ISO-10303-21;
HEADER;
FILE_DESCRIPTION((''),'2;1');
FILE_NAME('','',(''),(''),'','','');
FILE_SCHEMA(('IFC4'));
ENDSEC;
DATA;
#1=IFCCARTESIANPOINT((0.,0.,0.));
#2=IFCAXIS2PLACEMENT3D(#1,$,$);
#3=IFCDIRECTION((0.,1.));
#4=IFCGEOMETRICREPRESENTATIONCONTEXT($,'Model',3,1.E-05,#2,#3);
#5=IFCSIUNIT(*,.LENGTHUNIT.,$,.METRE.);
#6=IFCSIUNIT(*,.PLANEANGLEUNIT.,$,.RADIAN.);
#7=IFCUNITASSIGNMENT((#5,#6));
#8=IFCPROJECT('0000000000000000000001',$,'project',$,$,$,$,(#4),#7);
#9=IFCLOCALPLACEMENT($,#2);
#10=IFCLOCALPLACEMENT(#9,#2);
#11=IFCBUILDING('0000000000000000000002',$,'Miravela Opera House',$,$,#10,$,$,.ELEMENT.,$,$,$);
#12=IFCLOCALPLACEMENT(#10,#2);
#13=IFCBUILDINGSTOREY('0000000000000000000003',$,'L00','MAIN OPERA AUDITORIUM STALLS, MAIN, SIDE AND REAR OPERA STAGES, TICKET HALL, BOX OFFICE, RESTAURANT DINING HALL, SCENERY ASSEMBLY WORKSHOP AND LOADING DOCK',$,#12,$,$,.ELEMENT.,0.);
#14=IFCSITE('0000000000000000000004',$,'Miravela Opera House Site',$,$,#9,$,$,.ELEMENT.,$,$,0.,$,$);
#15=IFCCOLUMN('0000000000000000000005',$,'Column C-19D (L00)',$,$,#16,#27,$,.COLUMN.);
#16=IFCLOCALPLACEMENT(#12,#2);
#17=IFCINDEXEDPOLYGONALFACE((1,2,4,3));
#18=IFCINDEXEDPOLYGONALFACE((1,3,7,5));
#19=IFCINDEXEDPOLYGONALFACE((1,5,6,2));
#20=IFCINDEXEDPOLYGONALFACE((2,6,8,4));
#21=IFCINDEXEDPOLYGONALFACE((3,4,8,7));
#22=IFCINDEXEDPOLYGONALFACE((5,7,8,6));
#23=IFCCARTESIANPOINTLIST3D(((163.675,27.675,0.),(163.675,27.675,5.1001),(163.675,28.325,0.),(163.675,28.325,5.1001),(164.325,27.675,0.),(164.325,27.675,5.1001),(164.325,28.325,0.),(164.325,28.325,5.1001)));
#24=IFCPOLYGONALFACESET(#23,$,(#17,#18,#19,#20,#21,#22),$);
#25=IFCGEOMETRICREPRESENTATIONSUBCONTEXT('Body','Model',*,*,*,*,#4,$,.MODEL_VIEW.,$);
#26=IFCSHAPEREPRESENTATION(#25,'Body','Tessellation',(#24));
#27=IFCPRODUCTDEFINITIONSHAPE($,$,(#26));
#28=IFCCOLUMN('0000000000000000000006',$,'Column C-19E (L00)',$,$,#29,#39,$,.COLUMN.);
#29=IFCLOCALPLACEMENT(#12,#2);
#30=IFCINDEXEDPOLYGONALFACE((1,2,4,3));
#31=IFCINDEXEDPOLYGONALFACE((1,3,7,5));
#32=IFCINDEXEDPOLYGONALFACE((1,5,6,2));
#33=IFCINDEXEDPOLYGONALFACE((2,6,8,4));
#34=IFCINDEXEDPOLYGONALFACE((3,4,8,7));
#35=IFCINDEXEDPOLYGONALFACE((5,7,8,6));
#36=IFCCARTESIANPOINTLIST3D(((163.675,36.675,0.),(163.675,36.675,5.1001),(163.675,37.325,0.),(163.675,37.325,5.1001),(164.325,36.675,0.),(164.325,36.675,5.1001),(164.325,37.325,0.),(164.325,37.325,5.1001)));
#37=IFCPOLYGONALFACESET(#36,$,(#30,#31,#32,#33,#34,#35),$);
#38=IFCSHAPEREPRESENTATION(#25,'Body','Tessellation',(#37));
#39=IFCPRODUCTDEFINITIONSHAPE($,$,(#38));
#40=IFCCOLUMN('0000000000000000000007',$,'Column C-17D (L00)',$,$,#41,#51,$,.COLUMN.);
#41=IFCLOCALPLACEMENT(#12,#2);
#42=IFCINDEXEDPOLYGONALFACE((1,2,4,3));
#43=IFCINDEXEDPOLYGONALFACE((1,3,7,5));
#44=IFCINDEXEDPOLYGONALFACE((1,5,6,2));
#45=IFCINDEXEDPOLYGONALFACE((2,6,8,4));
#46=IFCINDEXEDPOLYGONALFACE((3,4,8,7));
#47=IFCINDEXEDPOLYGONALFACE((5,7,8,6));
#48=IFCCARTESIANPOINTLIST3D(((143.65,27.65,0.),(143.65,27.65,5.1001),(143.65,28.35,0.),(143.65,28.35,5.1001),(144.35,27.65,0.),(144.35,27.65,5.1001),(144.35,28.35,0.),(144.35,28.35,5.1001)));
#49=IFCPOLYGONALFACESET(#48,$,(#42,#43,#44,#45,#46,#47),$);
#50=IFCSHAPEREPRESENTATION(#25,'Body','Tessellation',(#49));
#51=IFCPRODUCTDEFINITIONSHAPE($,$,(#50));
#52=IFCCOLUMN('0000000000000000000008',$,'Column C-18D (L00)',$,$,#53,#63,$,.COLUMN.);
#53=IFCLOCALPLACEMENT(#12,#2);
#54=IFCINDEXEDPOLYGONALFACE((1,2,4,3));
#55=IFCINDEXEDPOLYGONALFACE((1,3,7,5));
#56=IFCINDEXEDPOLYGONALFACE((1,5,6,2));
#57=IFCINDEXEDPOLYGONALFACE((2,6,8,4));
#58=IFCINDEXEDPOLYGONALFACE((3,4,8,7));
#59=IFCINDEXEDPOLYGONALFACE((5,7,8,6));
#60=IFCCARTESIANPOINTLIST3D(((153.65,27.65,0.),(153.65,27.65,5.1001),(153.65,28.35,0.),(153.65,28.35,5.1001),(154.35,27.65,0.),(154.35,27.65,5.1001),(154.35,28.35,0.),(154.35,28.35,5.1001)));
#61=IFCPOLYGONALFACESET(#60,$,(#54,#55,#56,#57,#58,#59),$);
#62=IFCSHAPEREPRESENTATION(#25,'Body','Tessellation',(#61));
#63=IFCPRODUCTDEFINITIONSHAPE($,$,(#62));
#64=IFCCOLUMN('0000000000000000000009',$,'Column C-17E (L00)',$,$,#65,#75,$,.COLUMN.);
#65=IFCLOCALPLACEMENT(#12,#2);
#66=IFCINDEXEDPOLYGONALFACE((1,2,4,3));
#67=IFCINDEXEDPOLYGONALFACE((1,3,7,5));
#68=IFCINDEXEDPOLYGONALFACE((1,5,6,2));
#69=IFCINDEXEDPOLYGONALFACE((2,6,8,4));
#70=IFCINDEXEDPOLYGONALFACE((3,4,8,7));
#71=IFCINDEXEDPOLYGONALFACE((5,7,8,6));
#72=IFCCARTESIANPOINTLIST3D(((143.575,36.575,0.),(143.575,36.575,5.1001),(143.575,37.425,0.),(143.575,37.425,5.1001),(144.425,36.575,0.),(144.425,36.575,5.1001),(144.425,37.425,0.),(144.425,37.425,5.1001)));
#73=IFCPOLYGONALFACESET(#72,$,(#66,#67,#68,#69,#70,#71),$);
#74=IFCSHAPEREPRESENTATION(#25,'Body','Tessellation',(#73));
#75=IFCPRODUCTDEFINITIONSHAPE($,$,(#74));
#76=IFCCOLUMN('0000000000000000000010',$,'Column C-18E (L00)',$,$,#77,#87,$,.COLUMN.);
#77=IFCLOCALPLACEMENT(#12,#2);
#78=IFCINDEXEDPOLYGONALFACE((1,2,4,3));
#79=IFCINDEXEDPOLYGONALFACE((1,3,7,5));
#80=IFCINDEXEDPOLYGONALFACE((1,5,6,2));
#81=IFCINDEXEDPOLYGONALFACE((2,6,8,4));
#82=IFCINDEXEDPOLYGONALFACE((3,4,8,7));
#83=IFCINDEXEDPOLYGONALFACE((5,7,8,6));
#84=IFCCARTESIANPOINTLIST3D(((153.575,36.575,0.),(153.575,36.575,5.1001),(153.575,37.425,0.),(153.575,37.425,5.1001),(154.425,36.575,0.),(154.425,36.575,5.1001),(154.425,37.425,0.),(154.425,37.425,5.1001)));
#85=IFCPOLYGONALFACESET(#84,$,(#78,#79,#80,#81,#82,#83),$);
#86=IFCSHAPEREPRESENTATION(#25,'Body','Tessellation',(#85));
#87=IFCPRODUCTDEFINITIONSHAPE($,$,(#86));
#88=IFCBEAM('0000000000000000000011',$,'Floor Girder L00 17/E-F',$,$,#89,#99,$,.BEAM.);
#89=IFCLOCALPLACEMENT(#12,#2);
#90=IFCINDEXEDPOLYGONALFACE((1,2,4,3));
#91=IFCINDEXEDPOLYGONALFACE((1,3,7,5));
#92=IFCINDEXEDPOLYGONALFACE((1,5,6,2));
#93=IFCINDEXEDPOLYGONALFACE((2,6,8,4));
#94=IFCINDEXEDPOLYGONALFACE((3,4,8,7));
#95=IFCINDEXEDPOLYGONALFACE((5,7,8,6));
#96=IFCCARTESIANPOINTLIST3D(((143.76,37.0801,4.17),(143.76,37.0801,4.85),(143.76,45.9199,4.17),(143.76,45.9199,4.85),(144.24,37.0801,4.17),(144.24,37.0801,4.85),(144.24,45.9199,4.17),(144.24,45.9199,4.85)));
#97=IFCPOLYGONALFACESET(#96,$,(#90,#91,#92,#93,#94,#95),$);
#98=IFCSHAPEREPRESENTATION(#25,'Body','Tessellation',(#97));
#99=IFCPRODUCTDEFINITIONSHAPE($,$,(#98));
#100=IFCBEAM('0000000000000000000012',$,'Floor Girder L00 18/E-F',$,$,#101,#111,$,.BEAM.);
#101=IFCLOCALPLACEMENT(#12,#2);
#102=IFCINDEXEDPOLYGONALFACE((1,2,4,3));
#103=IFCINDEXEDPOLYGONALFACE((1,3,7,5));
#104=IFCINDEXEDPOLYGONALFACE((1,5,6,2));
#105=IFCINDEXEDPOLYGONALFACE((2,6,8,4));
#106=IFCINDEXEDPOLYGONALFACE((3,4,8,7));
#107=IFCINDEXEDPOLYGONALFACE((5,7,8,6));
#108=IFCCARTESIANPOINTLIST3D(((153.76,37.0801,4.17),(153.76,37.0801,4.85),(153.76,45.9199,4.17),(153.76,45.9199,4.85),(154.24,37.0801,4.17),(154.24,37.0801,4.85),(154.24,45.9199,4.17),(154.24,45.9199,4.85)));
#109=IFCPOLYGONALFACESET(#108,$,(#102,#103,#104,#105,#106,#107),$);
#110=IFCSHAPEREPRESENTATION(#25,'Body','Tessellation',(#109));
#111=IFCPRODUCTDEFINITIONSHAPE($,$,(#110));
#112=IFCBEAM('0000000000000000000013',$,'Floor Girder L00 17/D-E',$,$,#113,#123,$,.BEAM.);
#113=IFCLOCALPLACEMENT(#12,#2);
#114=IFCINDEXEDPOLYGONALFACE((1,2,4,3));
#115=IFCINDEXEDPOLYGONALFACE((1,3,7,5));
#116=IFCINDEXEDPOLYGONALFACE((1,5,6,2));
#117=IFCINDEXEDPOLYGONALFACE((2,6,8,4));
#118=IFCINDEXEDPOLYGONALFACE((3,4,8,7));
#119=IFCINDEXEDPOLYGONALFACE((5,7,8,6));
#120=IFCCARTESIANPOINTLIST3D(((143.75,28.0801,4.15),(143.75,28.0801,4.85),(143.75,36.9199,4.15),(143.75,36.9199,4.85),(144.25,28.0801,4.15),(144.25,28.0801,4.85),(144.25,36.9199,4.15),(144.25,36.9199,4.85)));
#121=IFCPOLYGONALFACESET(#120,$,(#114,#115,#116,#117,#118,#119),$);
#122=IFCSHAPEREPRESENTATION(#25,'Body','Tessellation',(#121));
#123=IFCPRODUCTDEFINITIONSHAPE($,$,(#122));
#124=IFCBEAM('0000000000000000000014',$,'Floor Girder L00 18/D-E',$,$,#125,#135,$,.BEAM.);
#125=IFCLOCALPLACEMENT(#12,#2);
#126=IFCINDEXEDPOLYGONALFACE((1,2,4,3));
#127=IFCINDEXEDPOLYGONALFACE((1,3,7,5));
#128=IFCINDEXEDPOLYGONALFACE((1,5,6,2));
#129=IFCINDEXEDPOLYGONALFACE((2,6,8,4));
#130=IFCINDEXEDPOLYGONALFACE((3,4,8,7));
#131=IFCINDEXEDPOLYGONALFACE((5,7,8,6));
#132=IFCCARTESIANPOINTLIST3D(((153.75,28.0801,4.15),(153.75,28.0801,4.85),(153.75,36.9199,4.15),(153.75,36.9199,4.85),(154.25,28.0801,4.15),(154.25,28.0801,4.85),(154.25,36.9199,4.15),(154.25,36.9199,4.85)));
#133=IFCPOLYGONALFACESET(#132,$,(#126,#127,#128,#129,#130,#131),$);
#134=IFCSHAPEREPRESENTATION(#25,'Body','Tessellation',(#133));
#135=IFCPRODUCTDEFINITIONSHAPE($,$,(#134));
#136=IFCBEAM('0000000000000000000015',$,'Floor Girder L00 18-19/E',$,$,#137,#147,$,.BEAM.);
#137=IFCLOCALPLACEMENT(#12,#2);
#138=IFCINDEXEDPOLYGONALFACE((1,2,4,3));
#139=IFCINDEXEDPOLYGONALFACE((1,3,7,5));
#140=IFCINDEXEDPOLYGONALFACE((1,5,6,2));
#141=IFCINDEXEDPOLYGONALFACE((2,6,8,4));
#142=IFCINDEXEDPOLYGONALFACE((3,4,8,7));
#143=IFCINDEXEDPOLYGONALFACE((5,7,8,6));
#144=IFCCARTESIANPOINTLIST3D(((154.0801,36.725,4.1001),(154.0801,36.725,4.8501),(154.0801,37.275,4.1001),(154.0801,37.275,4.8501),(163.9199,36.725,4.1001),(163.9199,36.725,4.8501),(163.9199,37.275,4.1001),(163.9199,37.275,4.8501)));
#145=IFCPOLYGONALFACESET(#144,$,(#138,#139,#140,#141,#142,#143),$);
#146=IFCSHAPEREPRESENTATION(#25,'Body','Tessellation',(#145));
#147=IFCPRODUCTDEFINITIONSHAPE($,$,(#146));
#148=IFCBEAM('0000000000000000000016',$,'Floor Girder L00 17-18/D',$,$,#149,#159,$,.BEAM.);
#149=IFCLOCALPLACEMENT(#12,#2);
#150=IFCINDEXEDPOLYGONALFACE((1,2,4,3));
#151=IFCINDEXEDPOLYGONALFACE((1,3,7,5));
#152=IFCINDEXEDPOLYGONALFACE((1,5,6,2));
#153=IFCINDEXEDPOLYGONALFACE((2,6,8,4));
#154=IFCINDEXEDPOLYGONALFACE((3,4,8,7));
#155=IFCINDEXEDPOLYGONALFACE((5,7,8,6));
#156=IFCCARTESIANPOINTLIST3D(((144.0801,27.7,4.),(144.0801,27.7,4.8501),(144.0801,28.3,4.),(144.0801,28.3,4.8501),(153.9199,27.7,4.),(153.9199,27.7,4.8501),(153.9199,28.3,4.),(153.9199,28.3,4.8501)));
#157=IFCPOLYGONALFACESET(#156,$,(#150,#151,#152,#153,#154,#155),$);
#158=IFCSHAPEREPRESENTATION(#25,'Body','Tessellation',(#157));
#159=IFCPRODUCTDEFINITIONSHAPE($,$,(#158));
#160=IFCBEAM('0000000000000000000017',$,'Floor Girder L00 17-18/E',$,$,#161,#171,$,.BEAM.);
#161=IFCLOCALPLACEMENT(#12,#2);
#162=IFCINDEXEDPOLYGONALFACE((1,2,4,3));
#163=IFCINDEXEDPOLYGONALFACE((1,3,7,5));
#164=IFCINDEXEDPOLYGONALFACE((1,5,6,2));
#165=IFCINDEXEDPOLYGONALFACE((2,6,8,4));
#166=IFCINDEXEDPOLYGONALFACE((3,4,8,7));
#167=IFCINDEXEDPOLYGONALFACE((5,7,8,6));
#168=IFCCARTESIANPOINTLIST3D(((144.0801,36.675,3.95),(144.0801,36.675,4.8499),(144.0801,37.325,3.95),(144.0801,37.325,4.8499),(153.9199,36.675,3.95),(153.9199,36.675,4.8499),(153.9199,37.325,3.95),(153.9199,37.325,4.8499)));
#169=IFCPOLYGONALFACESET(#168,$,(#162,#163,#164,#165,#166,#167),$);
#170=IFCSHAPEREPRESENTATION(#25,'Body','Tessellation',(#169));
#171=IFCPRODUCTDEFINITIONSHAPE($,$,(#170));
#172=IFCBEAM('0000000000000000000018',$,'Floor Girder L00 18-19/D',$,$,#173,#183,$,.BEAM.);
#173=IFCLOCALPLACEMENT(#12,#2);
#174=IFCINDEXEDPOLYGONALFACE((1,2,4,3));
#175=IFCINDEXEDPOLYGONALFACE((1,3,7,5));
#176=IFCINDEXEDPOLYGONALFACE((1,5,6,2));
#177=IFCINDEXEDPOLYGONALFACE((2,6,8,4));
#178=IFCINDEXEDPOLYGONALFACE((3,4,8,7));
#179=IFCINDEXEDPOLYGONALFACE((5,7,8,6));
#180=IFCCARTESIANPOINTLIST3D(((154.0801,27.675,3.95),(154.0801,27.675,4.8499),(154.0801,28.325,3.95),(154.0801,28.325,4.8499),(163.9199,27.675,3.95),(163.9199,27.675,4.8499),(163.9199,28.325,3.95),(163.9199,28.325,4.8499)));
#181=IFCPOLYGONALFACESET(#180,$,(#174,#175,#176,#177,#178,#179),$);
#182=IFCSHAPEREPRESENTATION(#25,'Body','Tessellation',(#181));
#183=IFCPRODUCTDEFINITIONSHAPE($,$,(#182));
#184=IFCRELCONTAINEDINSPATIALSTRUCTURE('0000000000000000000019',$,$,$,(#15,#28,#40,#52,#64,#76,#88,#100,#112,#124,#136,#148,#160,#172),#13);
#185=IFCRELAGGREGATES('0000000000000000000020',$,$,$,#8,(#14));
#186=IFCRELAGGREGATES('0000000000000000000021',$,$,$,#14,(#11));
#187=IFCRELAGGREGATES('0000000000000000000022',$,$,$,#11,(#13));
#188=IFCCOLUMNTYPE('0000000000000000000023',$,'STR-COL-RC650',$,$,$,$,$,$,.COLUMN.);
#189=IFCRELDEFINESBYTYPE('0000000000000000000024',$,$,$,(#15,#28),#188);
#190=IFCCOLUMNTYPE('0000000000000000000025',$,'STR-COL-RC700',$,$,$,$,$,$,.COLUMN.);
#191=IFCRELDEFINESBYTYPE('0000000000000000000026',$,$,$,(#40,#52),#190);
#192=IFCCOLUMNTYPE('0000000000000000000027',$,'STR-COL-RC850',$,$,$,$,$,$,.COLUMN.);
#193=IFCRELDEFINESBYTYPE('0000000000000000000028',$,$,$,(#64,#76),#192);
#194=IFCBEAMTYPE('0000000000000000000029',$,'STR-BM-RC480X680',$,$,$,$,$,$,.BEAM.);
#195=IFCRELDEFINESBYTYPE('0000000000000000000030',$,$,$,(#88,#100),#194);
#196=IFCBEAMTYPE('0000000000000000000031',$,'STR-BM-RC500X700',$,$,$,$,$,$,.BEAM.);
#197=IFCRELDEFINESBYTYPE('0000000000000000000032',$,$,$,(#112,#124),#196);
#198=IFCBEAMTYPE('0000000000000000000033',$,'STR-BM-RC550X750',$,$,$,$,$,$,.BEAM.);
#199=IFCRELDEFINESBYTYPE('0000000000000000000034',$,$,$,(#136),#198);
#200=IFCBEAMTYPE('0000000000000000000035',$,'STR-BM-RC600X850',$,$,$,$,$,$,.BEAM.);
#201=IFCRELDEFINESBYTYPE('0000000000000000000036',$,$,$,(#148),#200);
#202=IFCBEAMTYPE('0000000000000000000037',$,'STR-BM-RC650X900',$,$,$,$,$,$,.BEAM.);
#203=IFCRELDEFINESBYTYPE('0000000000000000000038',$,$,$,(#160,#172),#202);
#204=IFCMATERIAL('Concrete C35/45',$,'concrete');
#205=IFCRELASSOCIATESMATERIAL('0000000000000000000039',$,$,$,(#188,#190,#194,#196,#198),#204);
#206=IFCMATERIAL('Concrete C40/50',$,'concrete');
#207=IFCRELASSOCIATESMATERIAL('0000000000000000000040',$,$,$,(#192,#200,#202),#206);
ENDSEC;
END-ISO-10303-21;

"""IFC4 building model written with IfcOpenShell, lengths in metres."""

from ifc_helpers import new_model, si_unit, direction, frame, origin, origin_2d, place, context, subcontext, project, spatial, rectangle, extrude, material, material_profile, profile_set, type_object, element, save


model = new_model("IFC4")

# Units and contexts
model_context = context("Model", 3, precision=1e-05, world=origin(), true_north=direction((0.0, 1.0)))
body_context = subcontext(model_context, "Body", "Model", "MODEL_VIEW")
ifc_project = project(units=[si_unit("LENGTHUNIT", "METRE"), si_unit("PLANEANGLEUNIT", "RADIAN")], contexts=[model_context])

# Site, building, storey
site_placement = place(None, origin())
site = spatial("IfcSite", under=ifc_project, at=site_placement, Name="Miravela Opera House Site", CompositionType="ELEMENT", RefElevation=0.0)
building_placement = place(site_placement, origin())
building = spatial("IfcBuilding", under=site, at=building_placement, Name="Miravela Opera House", CompositionType="ELEMENT")
storey_placement = place(building_placement, origin())
storey = spatial("IfcBuildingStorey", under=building, at=storey_placement, Name="L00", Description="MAIN OPERA AUDITORIUM STALLS, MAIN, SIDE AND REAR OPERA STAGES, TICKET HALL, BOX OFFICE, RESTAURANT DINING HALL, SCENERY ASSEMBLY WORKSHOP AND LOADING DOCK", CompositionType="ELEMENT", Elevation=0.0)

# Columns
ifc_material_1 = material(Name="Concrete C35/45", Category="concrete")
ifc_material_profile_1 = material_profile(ifc_material_1, rectangle(XDim=0.6499, YDim=0.6499, at=origin_2d()), Name="RC-COL-650X650")
ifc_profile_set_1 = profile_set([ifc_material_profile_1])
column_type_1 = type_object("IfcColumnType", Name="STR-COL-RC650", PredefinedType="COLUMN", material=ifc_profile_set_1)
for number, where, z_axis, x_axis, name in (
    (1, (164.0, 28.0, 0.0), (0.0, 0.0, 1.0), (1.0, 0.0, 0.0), "Column C-19D (L00)"),
    (2, (164.0, 37.0, 0.0), (0.0, 0.0, 1.0), (1.0, 0.0, 0.0), "Column C-19E (L00)"),
):
    element("IfcColumn", number, at=place(storey_placement, frame(where, z_axis=z_axis, x_axis=x_axis)), inside=storey, type_object=column_type_1, Name=name, PredefinedType="COLUMN", context=body_context, shape_type="SweptSolid", body=[
        extrude(rectangle(XDim=0.6499, YDim=0.6499, at=origin_2d()), origin(), (0.0, 0.0, 1.0), 5.1001),
    ])
ifc_material_profile_2 = material_profile(ifc_material_1, rectangle(XDim=0.7, YDim=0.7, at=origin_2d()), Name="RC-COL-700X700")
ifc_profile_set_2 = profile_set([ifc_material_profile_2])
column_type_2 = type_object("IfcColumnType", Name="STR-COL-RC700", PredefinedType="COLUMN", material=ifc_profile_set_2)
for number, where, z_axis, x_axis, name in (
    (3, (144.0, 28.0, 0.0), (0.0, 0.0, 1.0), (1.0, 0.0, 0.0), "Column C-17D (L00)"),
    (4, (154.0, 28.0, 0.0), (0.0, 0.0, 1.0), (1.0, 0.0, 0.0), "Column C-18D (L00)"),
):
    element("IfcColumn", number, at=place(storey_placement, frame(where, z_axis=z_axis, x_axis=x_axis)), inside=storey, type_object=column_type_2, Name=name, PredefinedType="COLUMN", context=body_context, shape_type="SweptSolid", body=[
        extrude(rectangle(XDim=0.7, YDim=0.7, at=origin_2d()), origin(), (0.0, 0.0, 1.0), 5.1001),
    ])
ifc_material_2 = material(Name="Concrete C40/50", Category="concrete")
ifc_material_profile_3 = material_profile(ifc_material_2, rectangle(XDim=0.8501, YDim=0.8501, at=origin_2d()), Name="RC-COL-850X850")
ifc_profile_set_3 = profile_set([ifc_material_profile_3])
column_type_3 = type_object("IfcColumnType", Name="STR-COL-RC850", PredefinedType="COLUMN", material=ifc_profile_set_3)
for number, where, z_axis, x_axis, name in (
    (5, (144.0, 37.0, 0.0), (0.0, 0.0, 1.0), (1.0, 0.0, 0.0), "Column C-17E (L00)"),
    (6, (154.0, 37.0, 0.0), (0.0, 0.0, 1.0), (1.0, 0.0, 0.0), "Column C-18E (L00)"),
):
    element("IfcColumn", number, at=place(storey_placement, frame(where, z_axis=z_axis, x_axis=x_axis)), inside=storey, type_object=column_type_3, Name=name, PredefinedType="COLUMN", context=body_context, shape_type="SweptSolid", body=[
        extrude(rectangle(XDim=0.8501, YDim=0.8501, at=origin_2d()), origin(), (0.0, 0.0, 1.0), 5.1001),
    ])

# Beams
ifc_material_profile_4 = material_profile(ifc_material_1, rectangle(XDim=0.48, YDim=0.6799, at=origin_2d()), Name="RC-BM-480X680")
ifc_profile_set_4 = profile_set([ifc_material_profile_4])
beam_type_1 = type_object("IfcBeamType", Name="STR-BM-RC480X680", PredefinedType="BEAM", material=ifc_profile_set_4)
for number, where, z_axis, x_axis, name in (
    (7, (144.0, 37.0801, 4.51), (0.0, 1.0, 0.0), (-1.0, 0.0, 0.0), "Floor Girder L00 17/E-F"),
    (8, (154.0, 37.0801, 4.51), (0.0, 1.0, 0.0), (-1.0, 0.0, 0.0), "Floor Girder L00 18/E-F"),
):
    element("IfcBeam", number, at=place(storey_placement, frame(where, z_axis=z_axis, x_axis=x_axis)), inside=storey, type_object=beam_type_1, Name=name, PredefinedType="BEAM", context=body_context, shape_type="SweptSolid", body=[
        extrude(rectangle(XDim=0.48, YDim=0.6799, at=origin_2d()), origin(), (0.0, 0.0, 1.0), 8.8398),
    ])
ifc_material_profile_5 = material_profile(ifc_material_1, rectangle(XDim=0.5, YDim=0.7, at=origin_2d()), Name="RC-BM-500X700")
ifc_profile_set_5 = profile_set([ifc_material_profile_5])
beam_type_2 = type_object("IfcBeamType", Name="STR-BM-RC500X700", PredefinedType="BEAM", material=ifc_profile_set_5)
for number, where, z_axis, x_axis, name in (
    (9, (144.0, 28.0801, 4.5), (0.0, 1.0, 0.0), (-1.0, 0.0, 0.0), "Floor Girder L00 17/D-E"),
    (10, (154.0, 28.0801, 4.5), (0.0, 1.0, 0.0), (-1.0, 0.0, 0.0), "Floor Girder L00 18/D-E"),
):
    element("IfcBeam", number, at=place(storey_placement, frame(where, z_axis=z_axis, x_axis=x_axis)), inside=storey, type_object=beam_type_2, Name=name, PredefinedType="BEAM", context=body_context, shape_type="SweptSolid", body=[
        extrude(rectangle(XDim=0.5, YDim=0.7, at=origin_2d()), origin(), (0.0, 0.0, 1.0), 8.8398),
    ])
ifc_material_profile_6 = material_profile(ifc_material_1, rectangle(XDim=0.55, YDim=0.75, at=origin_2d()), Name="RC-BM-550X750")
ifc_profile_set_6 = profile_set([ifc_material_profile_6])
beam_type_3 = type_object("IfcBeamType", Name="STR-BM-RC550X750", PredefinedType="BEAM", material=ifc_profile_set_6)
beam_1_placement = place(storey_placement, frame((154.0801, 37.0, 4.4751), z_axis=(1.0, 0.0, 0.0), x_axis=(0.0, 1.0, 0.0)))
element("IfcBeam", 11, at=beam_1_placement, inside=storey, type_object=beam_type_3, Name="Floor Girder L00 18-19/E", PredefinedType="BEAM", context=body_context, shape_type="SweptSolid", body=[
    extrude(rectangle(XDim=0.55, YDim=0.75, at=origin_2d()), origin(), (0.0, 0.0, 1.0), 9.8398),
])
ifc_material_profile_7 = material_profile(ifc_material_2, rectangle(XDim=0.6001, YDim=0.8501, at=origin_2d()), Name="RC-BM-600X850")
ifc_profile_set_7 = profile_set([ifc_material_profile_7])
beam_type_4 = type_object("IfcBeamType", Name="STR-BM-RC600X850", PredefinedType="BEAM", material=ifc_profile_set_7)
beam_2_placement = place(storey_placement, frame((144.0801, 28.0, 4.425), z_axis=(1.0, 0.0, 0.0), x_axis=(0.0, 1.0, 0.0)))
element("IfcBeam", 12, at=beam_2_placement, inside=storey, type_object=beam_type_4, Name="Floor Girder L00 17-18/D", PredefinedType="BEAM", context=body_context, shape_type="SweptSolid", body=[
    extrude(rectangle(XDim=0.6001, YDim=0.8501, at=origin_2d()), origin(), (0.0, 0.0, 1.0), 9.8398),
])
ifc_material_profile_8 = material_profile(ifc_material_2, rectangle(XDim=0.6499, YDim=0.8999, at=origin_2d()), Name="RC-BM-650X900")
ifc_profile_set_8 = profile_set([ifc_material_profile_8])
beam_type_5 = type_object("IfcBeamType", Name="STR-BM-RC650X900", PredefinedType="BEAM", material=ifc_profile_set_8)
for number, where, z_axis, x_axis, name in (
    (13, (144.0801, 37.0, 4.3999), (1.0, 0.0, 0.0), (0.0, 1.0, 0.0), "Floor Girder L00 17-18/E"),
    (14, (154.0801, 28.0, 4.3999), (1.0, 0.0, 0.0), (0.0, 1.0, 0.0), "Floor Girder L00 18-19/D"),
):
    element("IfcBeam", number, at=place(storey_placement, frame(where, z_axis=z_axis, x_axis=x_axis)), inside=storey, type_object=beam_type_5, Name=name, PredefinedType="BEAM", context=body_context, shape_type="SweptSolid", body=[
        extrude(rectangle(XDim=0.6499, YDim=0.8999, at=origin_2d()), origin(), (0.0, 0.0, 1.0), 9.8398),
    ])

save(model, "model.ifc")
